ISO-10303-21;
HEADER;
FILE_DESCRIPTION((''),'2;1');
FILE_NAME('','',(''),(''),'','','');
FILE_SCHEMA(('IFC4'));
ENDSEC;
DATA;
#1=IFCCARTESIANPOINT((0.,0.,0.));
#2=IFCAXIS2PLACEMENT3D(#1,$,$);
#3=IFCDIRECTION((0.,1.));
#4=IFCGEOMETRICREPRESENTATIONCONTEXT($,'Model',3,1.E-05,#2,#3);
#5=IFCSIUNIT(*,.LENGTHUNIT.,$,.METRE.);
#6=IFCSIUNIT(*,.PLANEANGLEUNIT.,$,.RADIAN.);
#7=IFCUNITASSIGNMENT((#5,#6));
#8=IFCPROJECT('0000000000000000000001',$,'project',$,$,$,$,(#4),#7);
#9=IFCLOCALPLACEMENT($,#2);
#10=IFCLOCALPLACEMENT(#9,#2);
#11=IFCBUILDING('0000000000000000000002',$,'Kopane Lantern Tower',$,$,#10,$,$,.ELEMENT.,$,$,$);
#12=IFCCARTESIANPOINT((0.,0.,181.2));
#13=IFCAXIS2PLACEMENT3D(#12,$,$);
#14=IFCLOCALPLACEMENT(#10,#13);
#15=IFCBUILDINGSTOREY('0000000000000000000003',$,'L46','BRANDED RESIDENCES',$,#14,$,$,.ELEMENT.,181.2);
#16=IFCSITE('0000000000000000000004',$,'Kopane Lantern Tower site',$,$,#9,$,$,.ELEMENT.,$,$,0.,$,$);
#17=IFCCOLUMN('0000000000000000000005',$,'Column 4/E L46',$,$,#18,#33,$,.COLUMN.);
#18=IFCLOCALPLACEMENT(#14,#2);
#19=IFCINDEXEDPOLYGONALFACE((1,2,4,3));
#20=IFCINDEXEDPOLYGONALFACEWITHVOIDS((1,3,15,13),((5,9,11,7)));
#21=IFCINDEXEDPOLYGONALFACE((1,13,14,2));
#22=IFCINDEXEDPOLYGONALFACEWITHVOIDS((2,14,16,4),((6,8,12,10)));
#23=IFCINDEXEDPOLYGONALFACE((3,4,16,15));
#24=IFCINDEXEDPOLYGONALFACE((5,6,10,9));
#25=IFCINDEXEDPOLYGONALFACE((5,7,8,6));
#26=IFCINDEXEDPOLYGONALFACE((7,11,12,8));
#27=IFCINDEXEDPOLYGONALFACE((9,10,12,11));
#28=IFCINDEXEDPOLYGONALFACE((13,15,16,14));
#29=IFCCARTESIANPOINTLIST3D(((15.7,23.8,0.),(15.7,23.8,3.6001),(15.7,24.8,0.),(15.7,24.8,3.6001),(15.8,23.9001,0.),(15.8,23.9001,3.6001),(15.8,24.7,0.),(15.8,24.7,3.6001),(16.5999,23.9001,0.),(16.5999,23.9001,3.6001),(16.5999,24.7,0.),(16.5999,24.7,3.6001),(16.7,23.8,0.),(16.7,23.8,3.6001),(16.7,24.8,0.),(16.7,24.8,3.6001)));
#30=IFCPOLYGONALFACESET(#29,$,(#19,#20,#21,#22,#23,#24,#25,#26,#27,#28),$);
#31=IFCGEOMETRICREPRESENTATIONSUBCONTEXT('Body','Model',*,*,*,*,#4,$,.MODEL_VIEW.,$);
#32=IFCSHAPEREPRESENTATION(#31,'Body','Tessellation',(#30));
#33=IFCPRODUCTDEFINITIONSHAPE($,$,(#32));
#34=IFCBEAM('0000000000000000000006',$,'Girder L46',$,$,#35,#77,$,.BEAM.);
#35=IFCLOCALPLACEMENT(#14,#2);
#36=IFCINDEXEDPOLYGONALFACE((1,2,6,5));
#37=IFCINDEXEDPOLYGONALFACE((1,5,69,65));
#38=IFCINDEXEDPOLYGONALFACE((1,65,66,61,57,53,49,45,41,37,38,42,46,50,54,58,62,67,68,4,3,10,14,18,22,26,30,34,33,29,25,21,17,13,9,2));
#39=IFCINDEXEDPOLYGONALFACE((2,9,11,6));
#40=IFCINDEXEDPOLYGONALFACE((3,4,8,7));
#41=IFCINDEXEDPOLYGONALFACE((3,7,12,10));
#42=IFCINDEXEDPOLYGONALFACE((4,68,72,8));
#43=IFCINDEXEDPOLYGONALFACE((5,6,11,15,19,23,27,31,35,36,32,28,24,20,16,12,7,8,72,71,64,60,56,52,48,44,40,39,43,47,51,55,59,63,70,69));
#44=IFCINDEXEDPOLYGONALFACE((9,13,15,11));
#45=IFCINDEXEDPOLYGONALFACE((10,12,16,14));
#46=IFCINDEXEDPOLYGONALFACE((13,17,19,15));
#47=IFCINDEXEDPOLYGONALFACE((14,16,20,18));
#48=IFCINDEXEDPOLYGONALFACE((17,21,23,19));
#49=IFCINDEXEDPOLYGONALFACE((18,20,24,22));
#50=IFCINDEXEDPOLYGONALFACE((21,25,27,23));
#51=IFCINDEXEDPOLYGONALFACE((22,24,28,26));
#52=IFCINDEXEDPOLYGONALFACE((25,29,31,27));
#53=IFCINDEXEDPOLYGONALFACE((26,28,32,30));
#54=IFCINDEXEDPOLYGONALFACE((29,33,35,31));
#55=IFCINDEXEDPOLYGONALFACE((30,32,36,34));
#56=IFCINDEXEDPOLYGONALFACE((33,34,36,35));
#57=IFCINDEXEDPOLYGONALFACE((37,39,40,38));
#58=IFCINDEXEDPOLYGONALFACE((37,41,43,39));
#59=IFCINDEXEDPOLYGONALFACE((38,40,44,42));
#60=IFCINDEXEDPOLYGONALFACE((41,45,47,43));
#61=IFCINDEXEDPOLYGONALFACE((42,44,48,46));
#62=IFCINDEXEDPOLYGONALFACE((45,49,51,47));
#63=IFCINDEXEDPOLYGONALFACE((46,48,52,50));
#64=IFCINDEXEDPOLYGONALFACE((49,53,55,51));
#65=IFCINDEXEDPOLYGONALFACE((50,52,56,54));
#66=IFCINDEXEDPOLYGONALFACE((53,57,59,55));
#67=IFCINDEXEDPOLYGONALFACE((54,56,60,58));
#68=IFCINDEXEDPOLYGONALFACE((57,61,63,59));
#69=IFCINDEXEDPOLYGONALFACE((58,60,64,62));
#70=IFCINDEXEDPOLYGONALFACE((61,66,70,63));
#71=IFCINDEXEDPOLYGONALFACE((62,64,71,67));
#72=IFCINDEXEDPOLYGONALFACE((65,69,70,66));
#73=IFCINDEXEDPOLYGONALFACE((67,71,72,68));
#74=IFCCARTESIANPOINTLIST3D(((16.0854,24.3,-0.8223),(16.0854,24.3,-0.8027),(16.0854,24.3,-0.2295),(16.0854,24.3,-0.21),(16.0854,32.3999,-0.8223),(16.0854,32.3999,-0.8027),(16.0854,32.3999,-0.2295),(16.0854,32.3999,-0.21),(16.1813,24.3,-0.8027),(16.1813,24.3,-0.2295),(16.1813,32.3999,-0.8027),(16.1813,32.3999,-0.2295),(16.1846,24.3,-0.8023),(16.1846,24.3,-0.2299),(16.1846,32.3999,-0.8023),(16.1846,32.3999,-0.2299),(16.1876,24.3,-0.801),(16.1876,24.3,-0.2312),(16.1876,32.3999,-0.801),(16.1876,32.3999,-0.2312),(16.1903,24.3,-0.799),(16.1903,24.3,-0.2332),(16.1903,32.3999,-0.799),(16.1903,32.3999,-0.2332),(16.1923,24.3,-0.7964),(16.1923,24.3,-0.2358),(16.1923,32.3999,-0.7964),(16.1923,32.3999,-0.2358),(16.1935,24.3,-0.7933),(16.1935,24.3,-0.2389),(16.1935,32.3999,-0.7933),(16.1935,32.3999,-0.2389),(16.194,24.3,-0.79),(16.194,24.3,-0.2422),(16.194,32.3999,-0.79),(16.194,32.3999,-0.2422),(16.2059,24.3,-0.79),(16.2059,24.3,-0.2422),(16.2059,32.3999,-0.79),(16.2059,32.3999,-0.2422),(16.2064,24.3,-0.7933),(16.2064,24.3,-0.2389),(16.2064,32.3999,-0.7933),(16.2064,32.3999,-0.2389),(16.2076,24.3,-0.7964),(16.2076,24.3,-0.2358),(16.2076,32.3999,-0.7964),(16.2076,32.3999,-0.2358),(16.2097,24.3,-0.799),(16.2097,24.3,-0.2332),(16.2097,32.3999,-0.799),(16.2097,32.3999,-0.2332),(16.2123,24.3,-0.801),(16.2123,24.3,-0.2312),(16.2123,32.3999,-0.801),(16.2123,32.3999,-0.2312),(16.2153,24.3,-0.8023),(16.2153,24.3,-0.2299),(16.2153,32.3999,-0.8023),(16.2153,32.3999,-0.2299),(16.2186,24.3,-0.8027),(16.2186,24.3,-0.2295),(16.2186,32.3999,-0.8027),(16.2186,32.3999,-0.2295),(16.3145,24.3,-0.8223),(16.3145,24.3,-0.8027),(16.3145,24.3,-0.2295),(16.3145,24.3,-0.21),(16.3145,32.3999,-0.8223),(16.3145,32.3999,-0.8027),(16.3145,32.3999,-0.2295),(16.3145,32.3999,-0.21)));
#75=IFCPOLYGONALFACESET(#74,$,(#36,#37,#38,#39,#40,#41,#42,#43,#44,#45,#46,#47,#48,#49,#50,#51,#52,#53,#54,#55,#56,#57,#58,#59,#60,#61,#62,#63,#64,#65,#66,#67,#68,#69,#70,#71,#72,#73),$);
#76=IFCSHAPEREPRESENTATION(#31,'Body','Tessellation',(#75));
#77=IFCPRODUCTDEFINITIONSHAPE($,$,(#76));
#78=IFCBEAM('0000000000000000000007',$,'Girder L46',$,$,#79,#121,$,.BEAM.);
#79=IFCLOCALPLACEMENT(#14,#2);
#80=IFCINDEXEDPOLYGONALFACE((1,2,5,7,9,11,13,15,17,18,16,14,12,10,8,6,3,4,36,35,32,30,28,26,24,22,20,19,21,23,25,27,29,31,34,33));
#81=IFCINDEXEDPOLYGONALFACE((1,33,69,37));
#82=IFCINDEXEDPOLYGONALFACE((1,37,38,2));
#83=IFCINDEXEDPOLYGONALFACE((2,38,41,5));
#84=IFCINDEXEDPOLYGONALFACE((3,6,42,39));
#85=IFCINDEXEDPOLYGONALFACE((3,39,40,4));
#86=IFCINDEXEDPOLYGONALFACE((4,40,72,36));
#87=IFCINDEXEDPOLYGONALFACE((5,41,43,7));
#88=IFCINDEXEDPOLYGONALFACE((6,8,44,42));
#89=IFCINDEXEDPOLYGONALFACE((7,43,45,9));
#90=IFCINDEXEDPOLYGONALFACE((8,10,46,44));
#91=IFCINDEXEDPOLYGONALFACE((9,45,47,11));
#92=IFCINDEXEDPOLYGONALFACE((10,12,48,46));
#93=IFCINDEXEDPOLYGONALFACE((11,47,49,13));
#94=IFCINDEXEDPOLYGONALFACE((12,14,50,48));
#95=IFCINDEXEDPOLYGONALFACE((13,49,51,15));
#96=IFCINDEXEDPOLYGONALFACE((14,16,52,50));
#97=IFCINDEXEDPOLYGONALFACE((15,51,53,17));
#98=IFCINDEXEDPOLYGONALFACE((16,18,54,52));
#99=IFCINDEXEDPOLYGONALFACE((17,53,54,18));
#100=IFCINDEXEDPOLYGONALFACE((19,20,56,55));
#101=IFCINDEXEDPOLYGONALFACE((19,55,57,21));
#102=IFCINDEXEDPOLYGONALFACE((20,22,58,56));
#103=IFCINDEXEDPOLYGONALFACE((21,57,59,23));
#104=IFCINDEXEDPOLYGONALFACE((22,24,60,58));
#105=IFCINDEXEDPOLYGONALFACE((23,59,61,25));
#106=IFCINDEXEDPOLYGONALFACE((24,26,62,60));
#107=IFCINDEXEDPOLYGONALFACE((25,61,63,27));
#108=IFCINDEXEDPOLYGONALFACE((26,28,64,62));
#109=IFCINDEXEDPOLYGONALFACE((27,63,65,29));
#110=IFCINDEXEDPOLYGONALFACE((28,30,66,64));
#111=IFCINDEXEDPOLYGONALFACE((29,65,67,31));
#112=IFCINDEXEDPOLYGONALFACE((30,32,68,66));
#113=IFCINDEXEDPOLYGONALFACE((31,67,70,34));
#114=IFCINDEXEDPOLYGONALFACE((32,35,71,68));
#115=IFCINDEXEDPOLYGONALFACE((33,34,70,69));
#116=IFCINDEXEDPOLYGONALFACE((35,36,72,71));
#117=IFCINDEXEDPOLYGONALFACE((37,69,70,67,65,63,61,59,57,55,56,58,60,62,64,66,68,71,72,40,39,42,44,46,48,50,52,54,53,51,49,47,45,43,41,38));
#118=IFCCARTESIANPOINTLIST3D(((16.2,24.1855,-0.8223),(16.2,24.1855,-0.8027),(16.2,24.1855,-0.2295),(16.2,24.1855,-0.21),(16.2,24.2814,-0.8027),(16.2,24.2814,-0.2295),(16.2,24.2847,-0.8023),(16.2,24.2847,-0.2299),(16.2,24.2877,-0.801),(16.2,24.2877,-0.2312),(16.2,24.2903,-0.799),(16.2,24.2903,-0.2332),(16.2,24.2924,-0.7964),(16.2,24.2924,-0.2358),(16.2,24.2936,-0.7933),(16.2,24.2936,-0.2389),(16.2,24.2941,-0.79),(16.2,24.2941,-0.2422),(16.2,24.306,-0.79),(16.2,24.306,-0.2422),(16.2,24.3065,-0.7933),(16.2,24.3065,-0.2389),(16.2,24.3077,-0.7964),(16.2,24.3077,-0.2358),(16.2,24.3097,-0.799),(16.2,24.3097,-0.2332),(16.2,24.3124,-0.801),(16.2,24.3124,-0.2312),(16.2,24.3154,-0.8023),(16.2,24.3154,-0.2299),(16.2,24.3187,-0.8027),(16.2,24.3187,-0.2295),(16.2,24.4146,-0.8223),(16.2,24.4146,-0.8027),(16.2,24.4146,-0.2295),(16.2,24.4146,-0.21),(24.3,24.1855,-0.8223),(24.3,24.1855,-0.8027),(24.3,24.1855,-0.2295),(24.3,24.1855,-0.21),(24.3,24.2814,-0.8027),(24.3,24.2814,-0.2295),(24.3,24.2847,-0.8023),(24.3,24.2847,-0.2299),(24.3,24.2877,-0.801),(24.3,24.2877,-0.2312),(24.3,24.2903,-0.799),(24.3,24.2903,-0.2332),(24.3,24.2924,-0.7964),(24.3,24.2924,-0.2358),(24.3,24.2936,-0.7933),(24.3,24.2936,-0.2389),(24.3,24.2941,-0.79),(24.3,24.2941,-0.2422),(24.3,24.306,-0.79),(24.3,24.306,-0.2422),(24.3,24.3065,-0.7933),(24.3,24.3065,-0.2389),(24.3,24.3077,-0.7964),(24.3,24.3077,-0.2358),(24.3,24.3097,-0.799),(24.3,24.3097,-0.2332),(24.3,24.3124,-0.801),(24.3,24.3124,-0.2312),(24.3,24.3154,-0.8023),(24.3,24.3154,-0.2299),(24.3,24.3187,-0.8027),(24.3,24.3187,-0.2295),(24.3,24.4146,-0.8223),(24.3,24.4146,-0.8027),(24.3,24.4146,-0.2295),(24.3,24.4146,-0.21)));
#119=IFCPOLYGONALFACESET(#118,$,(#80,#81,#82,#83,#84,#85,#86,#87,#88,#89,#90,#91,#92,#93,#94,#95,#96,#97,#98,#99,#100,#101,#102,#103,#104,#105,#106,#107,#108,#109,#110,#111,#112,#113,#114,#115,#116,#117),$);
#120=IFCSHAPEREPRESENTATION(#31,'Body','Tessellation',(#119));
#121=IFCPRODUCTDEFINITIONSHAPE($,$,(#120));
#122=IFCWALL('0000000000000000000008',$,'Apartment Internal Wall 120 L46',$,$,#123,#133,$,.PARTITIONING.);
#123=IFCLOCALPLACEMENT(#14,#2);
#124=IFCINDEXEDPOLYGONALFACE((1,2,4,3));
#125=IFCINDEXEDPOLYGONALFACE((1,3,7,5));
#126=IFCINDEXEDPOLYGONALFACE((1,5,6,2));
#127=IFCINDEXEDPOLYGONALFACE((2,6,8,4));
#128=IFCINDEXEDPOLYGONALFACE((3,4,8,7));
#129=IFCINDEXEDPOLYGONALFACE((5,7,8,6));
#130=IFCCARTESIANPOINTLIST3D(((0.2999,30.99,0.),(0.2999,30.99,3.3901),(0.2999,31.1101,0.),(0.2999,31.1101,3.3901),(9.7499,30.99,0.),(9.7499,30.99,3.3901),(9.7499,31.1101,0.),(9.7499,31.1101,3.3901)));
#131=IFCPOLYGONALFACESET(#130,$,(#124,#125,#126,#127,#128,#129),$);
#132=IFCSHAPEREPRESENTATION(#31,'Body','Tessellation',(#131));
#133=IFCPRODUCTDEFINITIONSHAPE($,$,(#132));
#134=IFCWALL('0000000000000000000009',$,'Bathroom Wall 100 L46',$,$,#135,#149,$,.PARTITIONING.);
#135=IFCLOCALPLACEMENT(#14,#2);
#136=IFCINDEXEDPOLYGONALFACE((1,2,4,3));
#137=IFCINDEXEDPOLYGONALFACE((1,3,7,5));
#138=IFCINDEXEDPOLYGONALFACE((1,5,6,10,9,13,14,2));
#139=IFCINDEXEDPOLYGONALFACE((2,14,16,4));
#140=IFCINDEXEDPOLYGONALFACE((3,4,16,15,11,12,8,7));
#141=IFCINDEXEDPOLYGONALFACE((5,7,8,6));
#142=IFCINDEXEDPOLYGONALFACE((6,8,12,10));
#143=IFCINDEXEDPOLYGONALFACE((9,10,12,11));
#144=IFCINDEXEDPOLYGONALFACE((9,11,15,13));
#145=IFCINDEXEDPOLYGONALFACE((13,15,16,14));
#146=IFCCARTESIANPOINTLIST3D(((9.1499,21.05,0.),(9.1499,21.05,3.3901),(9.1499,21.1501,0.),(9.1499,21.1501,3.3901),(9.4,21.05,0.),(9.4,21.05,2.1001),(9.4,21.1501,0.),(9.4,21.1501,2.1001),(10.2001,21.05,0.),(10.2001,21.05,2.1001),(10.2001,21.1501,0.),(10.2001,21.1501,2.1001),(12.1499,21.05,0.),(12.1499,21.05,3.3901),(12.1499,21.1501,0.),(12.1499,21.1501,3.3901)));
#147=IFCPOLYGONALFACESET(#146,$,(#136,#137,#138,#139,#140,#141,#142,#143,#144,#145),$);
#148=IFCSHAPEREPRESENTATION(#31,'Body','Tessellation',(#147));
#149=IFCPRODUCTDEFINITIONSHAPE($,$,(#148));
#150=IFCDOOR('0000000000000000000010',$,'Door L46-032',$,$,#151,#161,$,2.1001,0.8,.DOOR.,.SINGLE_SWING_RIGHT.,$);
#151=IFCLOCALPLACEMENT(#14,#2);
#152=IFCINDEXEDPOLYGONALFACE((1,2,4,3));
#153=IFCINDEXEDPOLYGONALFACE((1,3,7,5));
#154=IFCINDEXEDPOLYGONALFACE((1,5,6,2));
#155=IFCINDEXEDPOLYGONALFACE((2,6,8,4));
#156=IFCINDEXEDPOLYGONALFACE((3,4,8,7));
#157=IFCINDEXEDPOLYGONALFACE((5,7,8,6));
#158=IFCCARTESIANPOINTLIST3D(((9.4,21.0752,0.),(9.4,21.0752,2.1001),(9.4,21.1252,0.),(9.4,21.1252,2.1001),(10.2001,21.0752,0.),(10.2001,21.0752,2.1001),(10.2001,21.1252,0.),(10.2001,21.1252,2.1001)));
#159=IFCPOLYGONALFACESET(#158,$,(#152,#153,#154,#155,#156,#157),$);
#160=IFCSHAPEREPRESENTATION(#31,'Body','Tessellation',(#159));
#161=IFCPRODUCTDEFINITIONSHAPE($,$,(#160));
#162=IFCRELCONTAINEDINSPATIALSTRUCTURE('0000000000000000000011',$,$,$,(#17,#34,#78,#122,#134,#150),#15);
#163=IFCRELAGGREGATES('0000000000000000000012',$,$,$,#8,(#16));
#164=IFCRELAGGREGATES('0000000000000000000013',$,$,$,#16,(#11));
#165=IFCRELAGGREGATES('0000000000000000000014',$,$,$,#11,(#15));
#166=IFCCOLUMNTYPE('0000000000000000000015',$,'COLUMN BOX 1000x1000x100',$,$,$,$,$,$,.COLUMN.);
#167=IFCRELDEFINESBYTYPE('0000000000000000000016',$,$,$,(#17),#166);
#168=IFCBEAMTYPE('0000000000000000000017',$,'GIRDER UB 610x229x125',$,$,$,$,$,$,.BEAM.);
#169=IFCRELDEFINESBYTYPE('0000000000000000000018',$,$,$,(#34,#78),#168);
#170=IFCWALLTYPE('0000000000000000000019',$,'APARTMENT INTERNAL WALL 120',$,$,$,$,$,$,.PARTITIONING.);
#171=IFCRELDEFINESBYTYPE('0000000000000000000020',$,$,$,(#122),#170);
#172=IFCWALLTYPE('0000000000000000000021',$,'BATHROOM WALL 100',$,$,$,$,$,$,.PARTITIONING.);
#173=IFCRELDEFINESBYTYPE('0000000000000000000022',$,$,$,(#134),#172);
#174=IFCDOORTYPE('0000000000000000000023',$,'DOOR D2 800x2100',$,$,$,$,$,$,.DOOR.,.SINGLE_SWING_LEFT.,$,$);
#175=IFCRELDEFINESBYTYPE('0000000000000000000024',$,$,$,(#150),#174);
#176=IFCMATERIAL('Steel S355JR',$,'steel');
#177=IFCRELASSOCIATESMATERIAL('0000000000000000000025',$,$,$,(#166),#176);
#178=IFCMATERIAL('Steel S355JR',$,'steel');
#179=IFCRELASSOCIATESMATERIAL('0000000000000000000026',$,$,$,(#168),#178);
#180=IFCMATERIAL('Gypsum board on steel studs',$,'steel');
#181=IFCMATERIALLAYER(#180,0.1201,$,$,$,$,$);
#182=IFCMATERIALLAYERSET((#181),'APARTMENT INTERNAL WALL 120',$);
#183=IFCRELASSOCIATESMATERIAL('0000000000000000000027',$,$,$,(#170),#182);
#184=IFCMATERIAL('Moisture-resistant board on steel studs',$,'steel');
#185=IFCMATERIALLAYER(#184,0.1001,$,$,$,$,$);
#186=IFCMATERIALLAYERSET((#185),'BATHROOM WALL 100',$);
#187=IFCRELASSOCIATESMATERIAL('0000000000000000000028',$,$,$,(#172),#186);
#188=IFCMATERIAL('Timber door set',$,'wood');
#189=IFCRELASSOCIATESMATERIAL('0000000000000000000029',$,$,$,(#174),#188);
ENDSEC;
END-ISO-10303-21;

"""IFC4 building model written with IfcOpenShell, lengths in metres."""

from ifc_helpers import new_model, si_unit, direction, frame, frame_2d, origin, origin_2d, place, context, subcontext, project, spatial, rectangle, hollow_rectangle, i_section, extrude, material, layer, layer_set, material_profile, profile_set, type_object, element, fill, save


model = new_model("IFC4")

# Units and contexts
model_context = context("Model", 3, precision=1e-05, world=origin(), true_north=direction((0.0, 1.0)))
body_context = subcontext(model_context, "Body", "Model", "MODEL_VIEW")
ifc_project = project(units=[si_unit("LENGTHUNIT", "METRE"), si_unit("PLANEANGLEUNIT", "RADIAN")], contexts=[model_context])

# Site, building, storey
site_placement = place(None, origin())
site = spatial("IfcSite", under=ifc_project, at=site_placement, Name="Kopane Lantern Tower site", CompositionType="ELEMENT", RefElevation=0.0)
building_placement = place(site_placement, origin())
building = spatial("IfcBuilding", under=site, at=building_placement, Name="Kopane Lantern Tower", CompositionType="ELEMENT")
storey_placement = place(building_placement, frame((0.0, 0.0, 181.2)))
storey = spatial("IfcBuildingStorey", under=building, at=storey_placement, Name="L46", Description="BRANDED RESIDENCES", CompositionType="ELEMENT", Elevation=181.2)

# Column
ifc_material_1 = material(Name="Steel S355JR", Category="steel")
ifc_material_profile_1 = material_profile(ifc_material_1, hollow_rectangle(XDim=1.0, YDim=1.0, WallThickness=0.1001, at=origin_2d()), Name="BOX 1000x1000x100")
ifc_profile_set_1 = profile_set([ifc_material_profile_1], Name="Steel S355JR")
column_type = type_object("IfcColumnType", Name="COLUMN BOX 1000x1000x100", PredefinedType="COLUMN", material=ifc_profile_set_1)
column_placement = place(storey_placement, frame((16.2, 24.3, 0.0), z_axis=(0.0, 0.0, 1.0), x_axis=(1.0, 0.0, 0.0)))
element("IfcColumn", 1, at=column_placement, inside=storey, type_object=column_type, Name="Column 4/E L46", PredefinedType="COLUMN", context=body_context, shape_type="SweptSolid", body=[
    extrude(hollow_rectangle(XDim=1.0, YDim=1.0, WallThickness=0.1001, at=origin_2d()), origin(), (0.0, 0.0, 1.0), 3.6001),
])

# Beams
ifc_material_2 = material(Name="Steel S355JR", Category="steel")
ifc_material_profile_2 = material_profile(ifc_material_2, i_section(OverallWidth=0.229, OverallDepth=0.6123, WebThickness=0.012, FlangeThickness=0.0195, FilletRadius=0.0127, at=origin_2d()), Name="UB 610x229x125")
ifc_profile_set_2 = profile_set([ifc_material_profile_2], Name="Steel S355JR")
beam_type = type_object("IfcBeamType", Name="GIRDER UB 610x229x125", PredefinedType="BEAM", material=ifc_profile_set_2)
beam_1_placement = place(storey_placement, frame((16.2, 24.3, -0.5161), z_axis=(0.0, 1.0, 0.0), x_axis=(-1.0, 0.0, 0.0)))
element("IfcBeam", 2, at=beam_1_placement, inside=storey, type_object=beam_type, Name="Girder L46", PredefinedType="BEAM", context=body_context, shape_type="SweptSolid", body=[
    extrude(i_section(OverallWidth=0.229, OverallDepth=0.6123, WebThickness=0.012, FlangeThickness=0.0195, FilletRadius=0.0127, at=origin_2d()), origin(), (0.0, 0.0, 1.0), 8.0999),
])
beam_2_placement = place(storey_placement, frame((16.2, 24.3, -0.5161), z_axis=(1.0, 0.0, 0.0), x_axis=(0.0, 1.0, 0.0)))
element("IfcBeam", 3, at=beam_2_placement, inside=storey, type_object=beam_type, Name="Girder L46", PredefinedType="BEAM", context=body_context, shape_type="SweptSolid", body=[
    extrude(i_section(OverallWidth=0.229, OverallDepth=0.6123, WebThickness=0.012, FlangeThickness=0.0195, FilletRadius=0.0127, at=origin_2d()), origin(), (0.0, 0.0, 1.0), 8.1001),
])

# Wall
ifc_material_3 = material(Name="Gypsum board on steel studs", Category="steel")
ifc_layer_1 = layer(ifc_material_3, 0.1201)
ifc_layer_set_1 = layer_set([ifc_layer_1], Name="APARTMENT INTERNAL WALL 120")
wall_type_1 = type_object("IfcWallType", Name="APARTMENT INTERNAL WALL 120", PredefinedType="PARTITIONING", material=ifc_layer_set_1)
wall_1_placement = place(storey_placement, frame((9.75, 31.05, 0.0), z_axis=(0.0, 0.0, 1.0), x_axis=(-1.0, 0.0, 0.0)))
element("IfcWall", 4, at=wall_1_placement, inside=storey, type_object=wall_type_1, Name="Apartment Internal Wall 120 L46", PredefinedType="PARTITIONING", context=body_context, shape_type="SweptSolid", body=[
    extrude(rectangle(XDim=9.45, YDim=0.1201, at=frame_2d((4.7251, 0.0))), origin(), (0.0, 0.0, 1.0), 3.3901),
])

# Wall, opening, door
ifc_material_4 = material(Name="Moisture-resistant board on steel studs", Category="steel")
ifc_layer_2 = layer(ifc_material_4, 0.1001)
ifc_layer_set_2 = layer_set([ifc_layer_2], Name="BATHROOM WALL 100")
wall_type_2 = type_object("IfcWallType", Name="BATHROOM WALL 100", PredefinedType="PARTITIONING", material=ifc_layer_set_2)
wall_2_placement = place(storey_placement, frame((12.1499, 21.1001, 0.0), z_axis=(0.0, 0.0, 1.0), x_axis=(-1.0, 0.0, 0.0)))
wall_2 = element("IfcWall", 5, at=wall_2_placement, inside=storey, type_object=wall_type_2, Name="Bathroom Wall 100 L46", PredefinedType="PARTITIONING", context=body_context, shape_type="SweptSolid", body=[
    extrude(rectangle(XDim=3.0, YDim=0.1001, at=frame_2d((1.5, 0.0))), origin(), (0.0, 0.0, 1.0), 3.3901),
])
opening_1_placement = place(wall_2_placement, frame((1.95, 0.0, 0.0)))
opening_1 = element("IfcOpeningElement", 6, at=opening_1_placement, cuts=wall_2, PredefinedType="OPENING", context=body_context, shape_type="SweptSolid", body=[
    extrude(rectangle(XDim=0.8, YDim=2.1001, at=frame_2d((0.3999, 1.05))), frame((0.0, 0.0601, 0.0), z_axis=(0.0, -1.0, 0.0), x_axis=(1.0, 0.0, 0.0)), (0.0, 0.0, 1.0), 0.1201),
])
ifc_material_5 = material(Name="Timber door set", Category="wood")
door_type_1 = type_object("IfcDoorType", Name="DOOR D2 800x2100", OperationType="SINGLE_SWING_LEFT", PredefinedType="DOOR", material=ifc_material_5)
door_1_placement = place(opening_1_placement, origin())
door_1 = element("IfcDoor", 7, at=door_1_placement, inside=storey, type_object=door_type_1, Name="Door L46-032", OperationType="SINGLE_SWING_RIGHT", OverallHeight=2.1001, OverallWidth=0.8, PredefinedType="DOOR", context=body_context, shape_type="SweptSolid", body=[
    extrude(rectangle(XDim=0.8, YDim=2.1001, at=frame_2d((0.3999, 1.05))), frame((0.0, 0.0249, 0.0), z_axis=(0.0, -1.0, 0.0), x_axis=(1.0, 0.0, 0.0)), (0.0, 0.0, 1.0), 0.05),
])
fill(opening_1, door_1)

save(model, "model.ifc")
